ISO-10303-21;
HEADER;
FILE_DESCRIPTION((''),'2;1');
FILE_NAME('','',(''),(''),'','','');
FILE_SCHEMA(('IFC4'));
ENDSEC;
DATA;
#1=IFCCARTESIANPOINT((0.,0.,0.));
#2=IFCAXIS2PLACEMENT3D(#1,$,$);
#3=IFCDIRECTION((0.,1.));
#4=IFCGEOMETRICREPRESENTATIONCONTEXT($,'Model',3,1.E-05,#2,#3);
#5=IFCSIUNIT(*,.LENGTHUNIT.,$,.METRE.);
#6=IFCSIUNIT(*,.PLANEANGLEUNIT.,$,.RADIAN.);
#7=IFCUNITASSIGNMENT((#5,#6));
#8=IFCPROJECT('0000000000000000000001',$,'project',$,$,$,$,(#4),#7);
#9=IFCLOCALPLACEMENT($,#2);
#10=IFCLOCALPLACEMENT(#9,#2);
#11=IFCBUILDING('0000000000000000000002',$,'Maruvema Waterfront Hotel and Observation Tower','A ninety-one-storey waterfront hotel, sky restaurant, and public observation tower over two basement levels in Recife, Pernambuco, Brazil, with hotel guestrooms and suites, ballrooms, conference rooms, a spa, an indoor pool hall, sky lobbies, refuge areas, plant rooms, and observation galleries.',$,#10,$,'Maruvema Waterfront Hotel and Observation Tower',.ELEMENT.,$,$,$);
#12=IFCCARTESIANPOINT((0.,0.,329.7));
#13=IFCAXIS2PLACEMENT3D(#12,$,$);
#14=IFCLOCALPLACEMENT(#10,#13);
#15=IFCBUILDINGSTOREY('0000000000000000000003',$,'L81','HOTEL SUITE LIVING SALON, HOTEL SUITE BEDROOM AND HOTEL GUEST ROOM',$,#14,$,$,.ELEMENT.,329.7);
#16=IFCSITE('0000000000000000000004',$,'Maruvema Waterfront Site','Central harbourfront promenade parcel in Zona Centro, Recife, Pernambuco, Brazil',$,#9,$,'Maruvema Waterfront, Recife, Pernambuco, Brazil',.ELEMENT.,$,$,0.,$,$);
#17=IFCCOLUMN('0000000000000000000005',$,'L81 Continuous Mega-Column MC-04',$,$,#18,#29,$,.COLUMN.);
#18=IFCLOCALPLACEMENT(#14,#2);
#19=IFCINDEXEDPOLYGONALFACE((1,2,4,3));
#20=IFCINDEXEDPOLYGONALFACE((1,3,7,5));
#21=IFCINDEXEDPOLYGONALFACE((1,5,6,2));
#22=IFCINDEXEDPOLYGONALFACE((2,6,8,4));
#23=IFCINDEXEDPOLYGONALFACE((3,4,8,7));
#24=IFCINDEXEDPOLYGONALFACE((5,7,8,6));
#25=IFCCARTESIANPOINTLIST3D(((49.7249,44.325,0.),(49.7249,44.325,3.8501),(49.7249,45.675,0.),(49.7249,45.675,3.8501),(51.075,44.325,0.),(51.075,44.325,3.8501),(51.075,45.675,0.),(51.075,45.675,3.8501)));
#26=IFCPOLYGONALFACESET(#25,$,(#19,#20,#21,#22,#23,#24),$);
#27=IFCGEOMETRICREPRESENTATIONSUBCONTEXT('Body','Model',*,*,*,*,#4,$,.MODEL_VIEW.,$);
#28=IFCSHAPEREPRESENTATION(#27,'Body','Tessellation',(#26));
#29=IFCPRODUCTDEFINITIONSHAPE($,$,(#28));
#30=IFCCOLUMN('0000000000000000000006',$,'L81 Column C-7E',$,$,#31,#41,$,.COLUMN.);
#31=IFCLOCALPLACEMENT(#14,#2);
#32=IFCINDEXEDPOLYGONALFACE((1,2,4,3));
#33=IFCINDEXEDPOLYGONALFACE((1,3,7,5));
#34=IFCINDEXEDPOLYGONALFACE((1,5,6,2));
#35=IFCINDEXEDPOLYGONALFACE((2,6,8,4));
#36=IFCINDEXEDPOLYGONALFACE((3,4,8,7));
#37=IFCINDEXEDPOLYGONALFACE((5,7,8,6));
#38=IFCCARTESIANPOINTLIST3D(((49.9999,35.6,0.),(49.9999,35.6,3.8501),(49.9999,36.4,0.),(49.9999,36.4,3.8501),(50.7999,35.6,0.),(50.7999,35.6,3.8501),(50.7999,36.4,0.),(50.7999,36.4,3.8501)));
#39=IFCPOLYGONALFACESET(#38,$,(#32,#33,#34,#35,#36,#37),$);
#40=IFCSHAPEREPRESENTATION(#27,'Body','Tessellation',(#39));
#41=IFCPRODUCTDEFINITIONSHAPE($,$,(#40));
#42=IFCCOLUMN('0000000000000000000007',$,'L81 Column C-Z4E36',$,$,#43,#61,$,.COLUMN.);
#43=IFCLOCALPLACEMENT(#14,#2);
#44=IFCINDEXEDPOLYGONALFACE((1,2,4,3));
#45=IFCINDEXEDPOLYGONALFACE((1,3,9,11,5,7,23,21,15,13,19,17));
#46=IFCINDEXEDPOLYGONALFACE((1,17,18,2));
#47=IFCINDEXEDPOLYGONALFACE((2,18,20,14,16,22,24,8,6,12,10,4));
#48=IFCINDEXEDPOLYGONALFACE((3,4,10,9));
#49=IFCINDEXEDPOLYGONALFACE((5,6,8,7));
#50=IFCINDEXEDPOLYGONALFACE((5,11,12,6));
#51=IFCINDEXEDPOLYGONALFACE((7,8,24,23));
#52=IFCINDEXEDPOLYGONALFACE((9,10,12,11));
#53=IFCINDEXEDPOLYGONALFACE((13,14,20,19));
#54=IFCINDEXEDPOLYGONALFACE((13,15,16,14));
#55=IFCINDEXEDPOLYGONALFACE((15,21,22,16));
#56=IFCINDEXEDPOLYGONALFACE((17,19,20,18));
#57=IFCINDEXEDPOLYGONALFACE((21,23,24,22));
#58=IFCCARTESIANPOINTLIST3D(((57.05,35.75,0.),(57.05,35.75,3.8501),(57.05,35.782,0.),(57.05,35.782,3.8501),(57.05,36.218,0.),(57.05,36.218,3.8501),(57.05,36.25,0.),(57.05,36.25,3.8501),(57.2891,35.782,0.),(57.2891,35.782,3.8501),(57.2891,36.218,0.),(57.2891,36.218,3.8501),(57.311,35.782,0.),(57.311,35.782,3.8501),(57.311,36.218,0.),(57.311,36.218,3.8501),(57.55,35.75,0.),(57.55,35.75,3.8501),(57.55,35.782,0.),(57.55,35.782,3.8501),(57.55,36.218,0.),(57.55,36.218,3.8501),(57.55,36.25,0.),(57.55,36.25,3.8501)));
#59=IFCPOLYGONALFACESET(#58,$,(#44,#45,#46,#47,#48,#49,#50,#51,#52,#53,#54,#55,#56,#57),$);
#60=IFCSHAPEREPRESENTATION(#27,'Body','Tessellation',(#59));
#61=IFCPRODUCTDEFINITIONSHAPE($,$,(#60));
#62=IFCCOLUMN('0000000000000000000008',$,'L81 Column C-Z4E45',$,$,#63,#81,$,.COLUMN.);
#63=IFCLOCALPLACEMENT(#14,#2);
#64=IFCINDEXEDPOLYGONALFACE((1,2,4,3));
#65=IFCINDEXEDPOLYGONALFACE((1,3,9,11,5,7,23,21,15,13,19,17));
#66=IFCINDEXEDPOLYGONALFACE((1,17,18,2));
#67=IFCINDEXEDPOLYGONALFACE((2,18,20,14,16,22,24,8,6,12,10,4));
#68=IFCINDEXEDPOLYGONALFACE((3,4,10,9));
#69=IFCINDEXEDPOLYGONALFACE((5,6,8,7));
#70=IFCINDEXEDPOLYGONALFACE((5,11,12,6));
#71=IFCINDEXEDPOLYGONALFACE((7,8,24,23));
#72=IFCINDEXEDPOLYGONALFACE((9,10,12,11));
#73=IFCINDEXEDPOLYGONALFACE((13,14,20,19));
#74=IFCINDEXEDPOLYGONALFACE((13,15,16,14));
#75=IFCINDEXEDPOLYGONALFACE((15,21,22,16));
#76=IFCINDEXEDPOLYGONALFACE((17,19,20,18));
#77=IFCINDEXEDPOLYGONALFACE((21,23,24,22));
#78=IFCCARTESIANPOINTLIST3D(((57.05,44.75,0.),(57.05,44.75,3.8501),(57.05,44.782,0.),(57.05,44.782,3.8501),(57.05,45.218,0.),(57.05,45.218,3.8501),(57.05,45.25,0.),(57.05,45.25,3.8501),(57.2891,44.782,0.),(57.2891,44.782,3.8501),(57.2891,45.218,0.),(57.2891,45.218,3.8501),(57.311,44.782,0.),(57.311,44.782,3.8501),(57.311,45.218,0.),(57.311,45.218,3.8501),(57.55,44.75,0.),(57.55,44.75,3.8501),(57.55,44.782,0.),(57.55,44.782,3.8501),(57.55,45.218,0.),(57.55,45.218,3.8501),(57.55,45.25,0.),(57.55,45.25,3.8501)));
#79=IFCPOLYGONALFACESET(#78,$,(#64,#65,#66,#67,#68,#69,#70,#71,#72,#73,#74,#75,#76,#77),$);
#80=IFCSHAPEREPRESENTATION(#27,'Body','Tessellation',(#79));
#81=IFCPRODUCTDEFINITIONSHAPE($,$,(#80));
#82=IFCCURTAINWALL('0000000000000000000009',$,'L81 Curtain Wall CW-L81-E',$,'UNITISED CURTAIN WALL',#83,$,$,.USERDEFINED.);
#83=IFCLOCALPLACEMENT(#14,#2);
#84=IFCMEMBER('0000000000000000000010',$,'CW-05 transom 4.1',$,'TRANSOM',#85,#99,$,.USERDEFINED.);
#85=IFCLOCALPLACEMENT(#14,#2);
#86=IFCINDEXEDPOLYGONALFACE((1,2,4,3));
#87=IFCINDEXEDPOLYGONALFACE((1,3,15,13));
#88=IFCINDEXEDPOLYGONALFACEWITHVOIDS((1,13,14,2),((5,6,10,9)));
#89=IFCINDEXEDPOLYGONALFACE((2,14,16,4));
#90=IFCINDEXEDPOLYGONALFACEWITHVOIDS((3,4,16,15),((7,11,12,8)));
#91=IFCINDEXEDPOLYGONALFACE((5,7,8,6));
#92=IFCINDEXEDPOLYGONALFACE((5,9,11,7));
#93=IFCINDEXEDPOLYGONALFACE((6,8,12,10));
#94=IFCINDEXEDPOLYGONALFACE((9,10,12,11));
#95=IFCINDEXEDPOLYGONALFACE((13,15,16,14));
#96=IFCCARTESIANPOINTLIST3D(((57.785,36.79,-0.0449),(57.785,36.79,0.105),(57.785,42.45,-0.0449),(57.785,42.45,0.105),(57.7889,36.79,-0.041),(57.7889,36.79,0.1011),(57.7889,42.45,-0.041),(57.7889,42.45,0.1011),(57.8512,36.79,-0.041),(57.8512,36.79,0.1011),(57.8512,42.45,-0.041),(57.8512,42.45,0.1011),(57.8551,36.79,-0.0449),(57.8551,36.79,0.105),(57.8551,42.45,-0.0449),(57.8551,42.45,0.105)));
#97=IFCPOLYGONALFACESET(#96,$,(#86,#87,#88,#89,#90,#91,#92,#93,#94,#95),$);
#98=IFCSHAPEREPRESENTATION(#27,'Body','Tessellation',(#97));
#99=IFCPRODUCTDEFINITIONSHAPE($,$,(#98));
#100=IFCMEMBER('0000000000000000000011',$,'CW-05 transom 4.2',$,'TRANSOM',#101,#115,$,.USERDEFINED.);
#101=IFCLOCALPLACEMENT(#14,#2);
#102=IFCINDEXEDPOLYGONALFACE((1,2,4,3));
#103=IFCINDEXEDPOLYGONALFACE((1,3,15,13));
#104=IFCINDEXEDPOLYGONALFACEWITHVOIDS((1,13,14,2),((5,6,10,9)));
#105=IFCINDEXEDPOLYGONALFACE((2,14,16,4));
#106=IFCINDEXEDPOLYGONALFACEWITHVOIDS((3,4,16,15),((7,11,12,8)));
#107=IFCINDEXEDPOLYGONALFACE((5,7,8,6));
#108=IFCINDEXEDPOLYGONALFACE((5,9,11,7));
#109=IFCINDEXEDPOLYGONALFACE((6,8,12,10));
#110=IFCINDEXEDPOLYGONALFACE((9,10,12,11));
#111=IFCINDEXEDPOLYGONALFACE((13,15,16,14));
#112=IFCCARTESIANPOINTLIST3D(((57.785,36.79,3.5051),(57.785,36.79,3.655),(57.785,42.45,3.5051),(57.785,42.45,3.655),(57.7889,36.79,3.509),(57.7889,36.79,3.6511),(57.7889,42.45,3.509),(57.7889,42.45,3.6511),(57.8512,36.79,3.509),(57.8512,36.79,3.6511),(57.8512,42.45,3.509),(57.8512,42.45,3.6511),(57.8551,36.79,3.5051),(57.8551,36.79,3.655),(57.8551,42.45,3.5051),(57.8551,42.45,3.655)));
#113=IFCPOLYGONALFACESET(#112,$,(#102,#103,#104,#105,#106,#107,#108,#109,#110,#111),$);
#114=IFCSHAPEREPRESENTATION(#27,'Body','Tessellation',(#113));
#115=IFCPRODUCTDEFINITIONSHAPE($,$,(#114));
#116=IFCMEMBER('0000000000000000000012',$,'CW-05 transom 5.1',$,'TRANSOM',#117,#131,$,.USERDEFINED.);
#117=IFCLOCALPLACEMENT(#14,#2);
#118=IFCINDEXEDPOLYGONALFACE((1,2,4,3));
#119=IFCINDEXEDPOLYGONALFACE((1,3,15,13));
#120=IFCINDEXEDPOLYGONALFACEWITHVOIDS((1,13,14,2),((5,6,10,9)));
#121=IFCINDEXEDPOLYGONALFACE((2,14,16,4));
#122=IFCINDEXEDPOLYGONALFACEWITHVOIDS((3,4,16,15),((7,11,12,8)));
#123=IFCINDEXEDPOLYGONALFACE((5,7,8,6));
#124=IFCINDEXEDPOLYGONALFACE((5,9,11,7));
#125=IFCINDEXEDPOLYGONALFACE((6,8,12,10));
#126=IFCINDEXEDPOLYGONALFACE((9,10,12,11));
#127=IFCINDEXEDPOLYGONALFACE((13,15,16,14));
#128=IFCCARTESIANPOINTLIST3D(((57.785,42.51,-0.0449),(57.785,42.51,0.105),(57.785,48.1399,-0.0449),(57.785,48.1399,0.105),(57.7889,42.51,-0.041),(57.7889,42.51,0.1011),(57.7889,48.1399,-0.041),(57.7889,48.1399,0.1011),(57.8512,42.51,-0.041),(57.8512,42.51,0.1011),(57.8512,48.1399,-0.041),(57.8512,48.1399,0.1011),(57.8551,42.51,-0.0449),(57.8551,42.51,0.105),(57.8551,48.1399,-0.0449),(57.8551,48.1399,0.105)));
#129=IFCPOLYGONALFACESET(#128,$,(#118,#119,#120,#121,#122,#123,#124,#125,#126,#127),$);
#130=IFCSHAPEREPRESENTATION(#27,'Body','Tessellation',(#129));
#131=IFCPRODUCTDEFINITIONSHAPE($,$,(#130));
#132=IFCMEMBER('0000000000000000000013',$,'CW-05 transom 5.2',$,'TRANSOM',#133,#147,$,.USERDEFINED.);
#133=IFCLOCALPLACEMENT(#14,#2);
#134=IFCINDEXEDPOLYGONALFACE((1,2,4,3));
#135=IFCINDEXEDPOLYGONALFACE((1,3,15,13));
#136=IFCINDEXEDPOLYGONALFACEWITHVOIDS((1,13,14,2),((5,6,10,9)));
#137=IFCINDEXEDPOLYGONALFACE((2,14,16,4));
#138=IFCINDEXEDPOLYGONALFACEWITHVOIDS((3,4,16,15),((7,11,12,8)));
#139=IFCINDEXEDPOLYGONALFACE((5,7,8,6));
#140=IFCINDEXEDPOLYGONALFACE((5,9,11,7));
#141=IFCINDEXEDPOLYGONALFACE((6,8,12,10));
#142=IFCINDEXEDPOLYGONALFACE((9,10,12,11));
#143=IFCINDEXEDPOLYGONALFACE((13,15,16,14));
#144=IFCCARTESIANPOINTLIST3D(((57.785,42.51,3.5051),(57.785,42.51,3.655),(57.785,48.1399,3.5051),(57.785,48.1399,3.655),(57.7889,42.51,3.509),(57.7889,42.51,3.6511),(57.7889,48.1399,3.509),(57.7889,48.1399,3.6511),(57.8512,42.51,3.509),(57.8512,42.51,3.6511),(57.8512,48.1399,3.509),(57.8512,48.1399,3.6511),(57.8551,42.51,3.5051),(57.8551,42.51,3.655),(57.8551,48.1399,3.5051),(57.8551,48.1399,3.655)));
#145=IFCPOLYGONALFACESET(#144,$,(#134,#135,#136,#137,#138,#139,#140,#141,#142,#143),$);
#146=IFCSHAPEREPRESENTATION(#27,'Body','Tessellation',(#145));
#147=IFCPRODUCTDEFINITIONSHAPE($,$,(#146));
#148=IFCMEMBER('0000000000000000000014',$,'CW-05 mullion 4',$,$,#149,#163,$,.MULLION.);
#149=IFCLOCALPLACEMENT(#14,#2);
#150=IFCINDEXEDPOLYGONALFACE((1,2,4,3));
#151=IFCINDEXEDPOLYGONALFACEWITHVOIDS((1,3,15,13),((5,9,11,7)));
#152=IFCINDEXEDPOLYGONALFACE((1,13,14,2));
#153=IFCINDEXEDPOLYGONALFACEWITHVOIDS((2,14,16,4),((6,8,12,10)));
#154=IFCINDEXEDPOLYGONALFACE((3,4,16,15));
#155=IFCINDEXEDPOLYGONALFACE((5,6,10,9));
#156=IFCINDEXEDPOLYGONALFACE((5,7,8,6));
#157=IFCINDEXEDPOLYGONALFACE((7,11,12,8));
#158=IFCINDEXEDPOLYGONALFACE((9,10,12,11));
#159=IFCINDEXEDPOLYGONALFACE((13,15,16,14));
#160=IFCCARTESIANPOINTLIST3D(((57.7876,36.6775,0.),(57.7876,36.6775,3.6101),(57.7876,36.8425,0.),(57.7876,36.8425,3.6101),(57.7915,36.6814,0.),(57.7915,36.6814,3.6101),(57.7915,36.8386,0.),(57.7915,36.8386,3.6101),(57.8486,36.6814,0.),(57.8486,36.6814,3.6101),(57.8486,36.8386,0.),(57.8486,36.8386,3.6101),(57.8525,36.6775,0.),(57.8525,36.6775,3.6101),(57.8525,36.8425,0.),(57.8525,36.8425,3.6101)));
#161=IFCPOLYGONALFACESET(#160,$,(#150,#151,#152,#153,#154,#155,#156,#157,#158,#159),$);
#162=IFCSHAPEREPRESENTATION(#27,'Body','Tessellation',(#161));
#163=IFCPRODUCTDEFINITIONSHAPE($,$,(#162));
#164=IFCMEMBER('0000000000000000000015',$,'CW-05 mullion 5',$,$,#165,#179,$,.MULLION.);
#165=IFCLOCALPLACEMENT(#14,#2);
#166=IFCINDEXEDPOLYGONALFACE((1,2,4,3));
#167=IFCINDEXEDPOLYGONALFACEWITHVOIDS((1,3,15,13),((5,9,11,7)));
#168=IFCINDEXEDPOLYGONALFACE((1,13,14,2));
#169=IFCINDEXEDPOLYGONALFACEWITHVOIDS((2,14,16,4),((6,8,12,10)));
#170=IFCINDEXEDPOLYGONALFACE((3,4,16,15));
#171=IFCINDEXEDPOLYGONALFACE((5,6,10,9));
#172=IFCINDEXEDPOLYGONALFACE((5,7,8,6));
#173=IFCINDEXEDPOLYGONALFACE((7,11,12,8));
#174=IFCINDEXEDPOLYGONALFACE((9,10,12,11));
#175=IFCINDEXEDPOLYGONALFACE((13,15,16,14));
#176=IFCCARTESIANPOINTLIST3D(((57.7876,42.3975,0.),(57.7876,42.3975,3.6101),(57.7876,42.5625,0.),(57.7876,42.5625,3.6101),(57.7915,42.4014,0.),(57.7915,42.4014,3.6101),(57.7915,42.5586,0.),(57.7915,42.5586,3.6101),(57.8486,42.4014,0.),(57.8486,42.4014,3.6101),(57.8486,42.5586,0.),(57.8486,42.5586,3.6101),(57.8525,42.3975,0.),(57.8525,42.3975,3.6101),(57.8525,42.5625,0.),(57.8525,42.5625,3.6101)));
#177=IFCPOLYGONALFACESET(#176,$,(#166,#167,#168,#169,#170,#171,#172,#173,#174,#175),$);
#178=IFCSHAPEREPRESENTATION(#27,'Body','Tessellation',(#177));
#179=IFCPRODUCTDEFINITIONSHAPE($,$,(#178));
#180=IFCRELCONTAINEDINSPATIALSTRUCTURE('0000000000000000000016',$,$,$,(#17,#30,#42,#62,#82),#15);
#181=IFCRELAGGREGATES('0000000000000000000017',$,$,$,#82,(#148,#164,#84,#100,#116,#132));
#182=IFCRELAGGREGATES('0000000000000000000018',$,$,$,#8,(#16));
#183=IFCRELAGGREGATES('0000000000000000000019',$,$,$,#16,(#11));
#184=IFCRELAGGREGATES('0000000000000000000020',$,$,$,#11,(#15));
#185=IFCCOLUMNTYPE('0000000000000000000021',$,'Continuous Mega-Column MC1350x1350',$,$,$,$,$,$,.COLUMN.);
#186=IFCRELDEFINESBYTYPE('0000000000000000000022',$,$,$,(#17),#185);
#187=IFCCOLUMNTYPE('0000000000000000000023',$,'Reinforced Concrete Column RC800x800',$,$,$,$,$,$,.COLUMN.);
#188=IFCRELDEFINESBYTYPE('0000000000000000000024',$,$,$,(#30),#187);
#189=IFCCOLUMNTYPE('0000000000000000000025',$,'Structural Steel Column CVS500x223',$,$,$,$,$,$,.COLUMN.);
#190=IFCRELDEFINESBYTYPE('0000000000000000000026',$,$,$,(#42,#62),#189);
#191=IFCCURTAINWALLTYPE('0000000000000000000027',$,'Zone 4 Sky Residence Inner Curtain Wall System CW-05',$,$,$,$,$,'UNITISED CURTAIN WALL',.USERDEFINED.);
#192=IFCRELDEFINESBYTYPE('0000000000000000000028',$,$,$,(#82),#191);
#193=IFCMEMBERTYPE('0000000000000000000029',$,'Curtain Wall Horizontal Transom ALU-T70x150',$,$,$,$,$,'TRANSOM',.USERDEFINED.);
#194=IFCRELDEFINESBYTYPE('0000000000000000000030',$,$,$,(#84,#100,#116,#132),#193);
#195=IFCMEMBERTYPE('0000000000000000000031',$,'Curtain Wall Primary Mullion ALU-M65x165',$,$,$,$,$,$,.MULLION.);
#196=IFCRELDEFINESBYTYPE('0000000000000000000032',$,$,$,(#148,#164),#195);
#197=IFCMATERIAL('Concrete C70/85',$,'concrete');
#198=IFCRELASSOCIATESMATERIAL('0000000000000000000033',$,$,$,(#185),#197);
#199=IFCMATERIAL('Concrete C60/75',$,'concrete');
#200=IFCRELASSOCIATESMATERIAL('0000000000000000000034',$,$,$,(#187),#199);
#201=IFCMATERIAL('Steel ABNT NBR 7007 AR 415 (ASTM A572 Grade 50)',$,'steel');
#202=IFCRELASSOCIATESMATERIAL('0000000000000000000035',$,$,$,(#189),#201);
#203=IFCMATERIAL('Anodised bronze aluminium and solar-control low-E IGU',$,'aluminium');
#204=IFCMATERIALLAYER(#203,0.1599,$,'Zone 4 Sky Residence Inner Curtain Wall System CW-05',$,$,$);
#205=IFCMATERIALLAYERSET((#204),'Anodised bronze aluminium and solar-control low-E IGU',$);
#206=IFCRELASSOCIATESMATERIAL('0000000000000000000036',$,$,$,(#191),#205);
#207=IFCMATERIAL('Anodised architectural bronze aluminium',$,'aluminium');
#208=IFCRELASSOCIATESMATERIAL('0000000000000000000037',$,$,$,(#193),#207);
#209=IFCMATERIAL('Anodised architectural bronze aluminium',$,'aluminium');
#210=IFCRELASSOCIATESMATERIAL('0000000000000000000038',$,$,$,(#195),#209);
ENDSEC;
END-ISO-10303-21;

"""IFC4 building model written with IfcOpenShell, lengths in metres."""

from ifc_helpers import new_model, si_unit, direction, frame, origin, origin_2d, place, context, subcontext, project, spatial, rectangle, hollow_rectangle, i_section, extrude, material, layer, layer_set, material_profile, profile_set, type_object, element, aggregate, save


model = new_model("IFC4")

# Units and contexts
model_context = context("Model", 3, precision=1e-05, world=origin(), true_north=direction((0.0, 1.0)))
body_context = subcontext(model_context, "Body", "Model", "MODEL_VIEW")
ifc_project = project(units=[si_unit("LENGTHUNIT", "METRE"), si_unit("PLANEANGLEUNIT", "RADIAN")], contexts=[model_context])

# Site, building, storey
site_placement = place(None, origin())
site = spatial("IfcSite", under=ifc_project, at=site_placement, Name="Maruvema Waterfront Site", Description="Central harbourfront promenade parcel in Zona Centro, Recife, Pernambuco, Brazil", LongName="Maruvema Waterfront, Recife, Pernambuco, Brazil", CompositionType="ELEMENT", RefElevation=0.0)
building_placement = place(site_placement, origin())
building = spatial("IfcBuilding", under=site, at=building_placement, Name="Maruvema Waterfront Hotel and Observation Tower", Description="A ninety-one-storey waterfront hotel, sky restaurant, and public observation tower over two basement levels in Recife, Pernambuco, Brazil, with hotel guestrooms and suites, ballrooms, conference rooms, a spa, an indoor pool hall, sky lobbies, refuge areas, plant rooms, and observation galleries.", LongName="Maruvema Waterfront Hotel and Observation Tower", CompositionType="ELEMENT")
storey_placement = place(building_placement, frame((0.0, 0.0, 329.7)))
storey = spatial("IfcBuildingStorey", under=building, at=storey_placement, Name="L81", Description="HOTEL SUITE LIVING SALON, HOTEL SUITE BEDROOM AND HOTEL GUEST ROOM", CompositionType="ELEMENT", Elevation=329.7)

# Columns
ifc_material_1 = material(Name="Concrete C70/85", Category="concrete")
ifc_material_profile_1 = material_profile(ifc_material_1, rectangle(XDim=1.3501, YDim=1.3501, at=origin_2d()), Name="MC1350x1350")
ifc_profile_set_1 = profile_set([ifc_material_profile_1], Name="Concrete C70/85")
column_type_1 = type_object("IfcColumnType", Name="Continuous Mega-Column MC1350x1350", PredefinedType="COLUMN", material=ifc_profile_set_1)
column_1_placement = place(storey_placement, frame((50.3999, 45.0, 0.0), z_axis=(0.0, 0.0, 1.0), x_axis=(1.0, 0.0, 0.0)))
element("IfcColumn", 1, at=column_1_placement, inside=storey, type_object=column_type_1, Name="L81 Continuous Mega-Column MC-04", PredefinedType="COLUMN", context=body_context, shape_type="SweptSolid", body=[
    extrude(rectangle(XDim=1.3501, YDim=1.3501, at=origin_2d()), origin(), (0.0, 0.0, 1.0), 3.8501),
])
ifc_material_2 = material(Name="Concrete C60/75", Category="concrete")
ifc_material_profile_2 = material_profile(ifc_material_2, rectangle(XDim=0.8, YDim=0.8, at=origin_2d()), Name="RC800x800")
ifc_profile_set_2 = profile_set([ifc_material_profile_2], Name="Concrete C60/75")
column_type_2 = type_object("IfcColumnType", Name="Reinforced Concrete Column RC800x800", PredefinedType="COLUMN", material=ifc_profile_set_2)
column_2_placement = place(storey_placement, frame((50.3999, 36.0, 0.0), z_axis=(0.0, 0.0, 1.0), x_axis=(1.0, 0.0, 0.0)))
element("IfcColumn", 2, at=column_2_placement, inside=storey, type_object=column_type_2, Name="L81 Column C-7E", PredefinedType="COLUMN", context=body_context, shape_type="SweptSolid", body=[
    extrude(rectangle(XDim=0.8, YDim=0.8, at=origin_2d()), origin(), (0.0, 0.0, 1.0), 3.8501),
])
ifc_material_3 = material(Name="Steel ABNT NBR 7007 AR 415 (ASTM A572 Grade 50)", Category="steel")
ifc_material_profile_3 = material_profile(ifc_material_3, i_section(OverallWidth=0.5, OverallDepth=0.5, WebThickness=0.022, FlangeThickness=0.032, at=origin_2d()), Name="CVS500x223")
ifc_profile_set_3 = profile_set([ifc_material_profile_3], Name="Steel ABNT NBR 7007 AR 415 (ASTM A572 Grade 50)")
column_type_3 = type_object("IfcColumnType", Name="Structural Steel Column CVS500x223", PredefinedType="COLUMN", material=ifc_profile_set_3)
for number, where, z_axis, x_axis, name in (
    (3, (57.3, 36.0, 0.0), (0.0, 0.0, 1.0), (1.0, 0.0, 0.0), "L81 Column C-Z4E36"),
    (4, (57.3, 45.0, 0.0), (0.0, 0.0, 1.0), (1.0, 0.0, 0.0), "L81 Column C-Z4E45"),
):
    element("IfcColumn", number, at=place(storey_placement, frame(where, z_axis=z_axis, x_axis=x_axis)), inside=storey, type_object=column_type_3, Name=name, PredefinedType="COLUMN", context=body_context, shape_type="SweptSolid", body=[
        extrude(i_section(OverallWidth=0.5, OverallDepth=0.5, WebThickness=0.022, FlangeThickness=0.032, at=origin_2d()), origin(), (0.0, 0.0, 1.0), 3.8501),
    ])

# Curtain wall, members
ifc_material_4 = material(Name="Anodised bronze aluminium and solar-control low-E IGU", Category="aluminium")
ifc_layer_1 = layer(ifc_material_4, 0.1599, Name="Zone 4 Sky Residence Inner Curtain Wall System CW-05")
ifc_layer_set_1 = layer_set([ifc_layer_1], Name="Anodised bronze aluminium and solar-control low-E IGU")
curtain_wall_type = type_object("IfcCurtainWallType", Name="Zone 4 Sky Residence Inner Curtain Wall System CW-05", ElementType="UNITISED CURTAIN WALL", PredefinedType="USERDEFINED", material=ifc_layer_set_1)
curtain_wall_placement = place(storey_placement, origin())
curtain_wall = element("IfcCurtainWall", 5, at=curtain_wall_placement, inside=storey, type_object=curtain_wall_type, Name="L81 Curtain Wall CW-L81-E", ObjectType="UNITISED CURTAIN WALL", PredefinedType="USERDEFINED")
ifc_material_5 = material(Name="Anodised architectural bronze aluminium", Category="aluminium")
ifc_material_profile_4 = material_profile(ifc_material_5, hollow_rectangle(XDim=0.0701, YDim=0.1499, WallThickness=0.0039, at=origin_2d()), Name="ALU-T70x150")
ifc_profile_set_4 = profile_set([ifc_material_profile_4], Name="Anodised architectural bronze aluminium")
member_type_1 = type_object("IfcMemberType", Name="Curtain Wall Horizontal Transom ALU-T70x150", ElementType="TRANSOM", PredefinedType="USERDEFINED", material=ifc_profile_set_4)
member_1_placement = place(storey_placement, frame((57.8201, 36.79, 0.03), z_axis=(0.0, 1.0, 0.0), x_axis=(-1.0, 0.0, 0.0)))
member_1 = element("IfcMember", 6, at=member_1_placement, type_object=member_type_1, Name="CW-05 transom 4.1", ObjectType="TRANSOM", PredefinedType="USERDEFINED", context=body_context, shape_type="SweptSolid", body=[
    extrude(hollow_rectangle(XDim=0.0701, YDim=0.1499, WallThickness=0.0039, at=origin_2d()), origin(), (0.0, 0.0, 1.0), 5.6599),
])
member_2_placement = place(storey_placement, frame((57.8201, 36.79, 3.5801), z_axis=(0.0, 1.0, 0.0), x_axis=(-1.0, 0.0, 0.0)))
member_2 = element("IfcMember", 7, at=member_2_placement, type_object=member_type_1, Name="CW-05 transom 4.2", ObjectType="TRANSOM", PredefinedType="USERDEFINED", context=body_context, shape_type="SweptSolid", body=[
    extrude(hollow_rectangle(XDim=0.0701, YDim=0.1499, WallThickness=0.0039, at=origin_2d()), origin(), (0.0, 0.0, 1.0), 5.6599),
])
member_3_placement = place(storey_placement, frame((57.8201, 42.51, 0.03), z_axis=(0.0, 1.0, 0.0), x_axis=(-1.0, 0.0, 0.0)))
member_3 = element("IfcMember", 8, at=member_3_placement, type_object=member_type_1, Name="CW-05 transom 5.1", ObjectType="TRANSOM", PredefinedType="USERDEFINED", context=body_context, shape_type="SweptSolid", body=[
    extrude(hollow_rectangle(XDim=0.0701, YDim=0.1499, WallThickness=0.0039, at=origin_2d()), origin(), (0.0, 0.0, 1.0), 5.6299),
])
member_4_placement = place(storey_placement, frame((57.8201, 42.51, 3.5801), z_axis=(0.0, 1.0, 0.0), x_axis=(-1.0, 0.0, 0.0)))
member_4 = element("IfcMember", 9, at=member_4_placement, type_object=member_type_1, Name="CW-05 transom 5.2", ObjectType="TRANSOM", PredefinedType="USERDEFINED", context=body_context, shape_type="SweptSolid", body=[
    extrude(hollow_rectangle(XDim=0.0701, YDim=0.1499, WallThickness=0.0039, at=origin_2d()), origin(), (0.0, 0.0, 1.0), 5.6299),
])
ifc_material_6 = material(Name="Anodised architectural bronze aluminium", Category="aluminium")
ifc_material_profile_5 = material_profile(ifc_material_6, hollow_rectangle(XDim=0.0649, YDim=0.165, WallThickness=0.0039, at=origin_2d()), Name="ALU-M65x165")
ifc_profile_set_5 = profile_set([ifc_material_profile_5], Name="Anodised architectural bronze aluminium")
member_type_2 = type_object("IfcMemberType", Name="Curtain Wall Primary Mullion ALU-M65x165", PredefinedType="MULLION", material=ifc_profile_set_5)
member_5_placement = place(storey_placement, frame((57.8201, 36.76, 0.0), z_axis=(0.0, 0.0, 1.0), x_axis=(-1.0, 0.0, 0.0)))
member_5 = element("IfcMember", 10, at=member_5_placement, type_object=member_type_2, Name="CW-05 mullion 4", PredefinedType="MULLION", context=body_context, shape_type="SweptSolid", body=[
    extrude(hollow_rectangle(XDim=0.0649, YDim=0.165, WallThickness=0.0039, at=origin_2d()), origin(), (0.0, 0.0, 1.0), 3.6101),
])
member_6_placement = place(storey_placement, frame((57.8201, 42.48, 0.0), z_axis=(0.0, 0.0, 1.0), x_axis=(-1.0, 0.0, 0.0)))
member_6 = element("IfcMember", 11, at=member_6_placement, type_object=member_type_2, Name="CW-05 mullion 5", PredefinedType="MULLION", context=body_context, shape_type="SweptSolid", body=[
    extrude(hollow_rectangle(XDim=0.0649, YDim=0.165, WallThickness=0.0039, at=origin_2d()), origin(), (0.0, 0.0, 1.0), 3.6101),
])

aggregate(curtain_wall, [member_5, member_6, member_1, member_2, member_3, member_4])

save(model, "model.ifc")
